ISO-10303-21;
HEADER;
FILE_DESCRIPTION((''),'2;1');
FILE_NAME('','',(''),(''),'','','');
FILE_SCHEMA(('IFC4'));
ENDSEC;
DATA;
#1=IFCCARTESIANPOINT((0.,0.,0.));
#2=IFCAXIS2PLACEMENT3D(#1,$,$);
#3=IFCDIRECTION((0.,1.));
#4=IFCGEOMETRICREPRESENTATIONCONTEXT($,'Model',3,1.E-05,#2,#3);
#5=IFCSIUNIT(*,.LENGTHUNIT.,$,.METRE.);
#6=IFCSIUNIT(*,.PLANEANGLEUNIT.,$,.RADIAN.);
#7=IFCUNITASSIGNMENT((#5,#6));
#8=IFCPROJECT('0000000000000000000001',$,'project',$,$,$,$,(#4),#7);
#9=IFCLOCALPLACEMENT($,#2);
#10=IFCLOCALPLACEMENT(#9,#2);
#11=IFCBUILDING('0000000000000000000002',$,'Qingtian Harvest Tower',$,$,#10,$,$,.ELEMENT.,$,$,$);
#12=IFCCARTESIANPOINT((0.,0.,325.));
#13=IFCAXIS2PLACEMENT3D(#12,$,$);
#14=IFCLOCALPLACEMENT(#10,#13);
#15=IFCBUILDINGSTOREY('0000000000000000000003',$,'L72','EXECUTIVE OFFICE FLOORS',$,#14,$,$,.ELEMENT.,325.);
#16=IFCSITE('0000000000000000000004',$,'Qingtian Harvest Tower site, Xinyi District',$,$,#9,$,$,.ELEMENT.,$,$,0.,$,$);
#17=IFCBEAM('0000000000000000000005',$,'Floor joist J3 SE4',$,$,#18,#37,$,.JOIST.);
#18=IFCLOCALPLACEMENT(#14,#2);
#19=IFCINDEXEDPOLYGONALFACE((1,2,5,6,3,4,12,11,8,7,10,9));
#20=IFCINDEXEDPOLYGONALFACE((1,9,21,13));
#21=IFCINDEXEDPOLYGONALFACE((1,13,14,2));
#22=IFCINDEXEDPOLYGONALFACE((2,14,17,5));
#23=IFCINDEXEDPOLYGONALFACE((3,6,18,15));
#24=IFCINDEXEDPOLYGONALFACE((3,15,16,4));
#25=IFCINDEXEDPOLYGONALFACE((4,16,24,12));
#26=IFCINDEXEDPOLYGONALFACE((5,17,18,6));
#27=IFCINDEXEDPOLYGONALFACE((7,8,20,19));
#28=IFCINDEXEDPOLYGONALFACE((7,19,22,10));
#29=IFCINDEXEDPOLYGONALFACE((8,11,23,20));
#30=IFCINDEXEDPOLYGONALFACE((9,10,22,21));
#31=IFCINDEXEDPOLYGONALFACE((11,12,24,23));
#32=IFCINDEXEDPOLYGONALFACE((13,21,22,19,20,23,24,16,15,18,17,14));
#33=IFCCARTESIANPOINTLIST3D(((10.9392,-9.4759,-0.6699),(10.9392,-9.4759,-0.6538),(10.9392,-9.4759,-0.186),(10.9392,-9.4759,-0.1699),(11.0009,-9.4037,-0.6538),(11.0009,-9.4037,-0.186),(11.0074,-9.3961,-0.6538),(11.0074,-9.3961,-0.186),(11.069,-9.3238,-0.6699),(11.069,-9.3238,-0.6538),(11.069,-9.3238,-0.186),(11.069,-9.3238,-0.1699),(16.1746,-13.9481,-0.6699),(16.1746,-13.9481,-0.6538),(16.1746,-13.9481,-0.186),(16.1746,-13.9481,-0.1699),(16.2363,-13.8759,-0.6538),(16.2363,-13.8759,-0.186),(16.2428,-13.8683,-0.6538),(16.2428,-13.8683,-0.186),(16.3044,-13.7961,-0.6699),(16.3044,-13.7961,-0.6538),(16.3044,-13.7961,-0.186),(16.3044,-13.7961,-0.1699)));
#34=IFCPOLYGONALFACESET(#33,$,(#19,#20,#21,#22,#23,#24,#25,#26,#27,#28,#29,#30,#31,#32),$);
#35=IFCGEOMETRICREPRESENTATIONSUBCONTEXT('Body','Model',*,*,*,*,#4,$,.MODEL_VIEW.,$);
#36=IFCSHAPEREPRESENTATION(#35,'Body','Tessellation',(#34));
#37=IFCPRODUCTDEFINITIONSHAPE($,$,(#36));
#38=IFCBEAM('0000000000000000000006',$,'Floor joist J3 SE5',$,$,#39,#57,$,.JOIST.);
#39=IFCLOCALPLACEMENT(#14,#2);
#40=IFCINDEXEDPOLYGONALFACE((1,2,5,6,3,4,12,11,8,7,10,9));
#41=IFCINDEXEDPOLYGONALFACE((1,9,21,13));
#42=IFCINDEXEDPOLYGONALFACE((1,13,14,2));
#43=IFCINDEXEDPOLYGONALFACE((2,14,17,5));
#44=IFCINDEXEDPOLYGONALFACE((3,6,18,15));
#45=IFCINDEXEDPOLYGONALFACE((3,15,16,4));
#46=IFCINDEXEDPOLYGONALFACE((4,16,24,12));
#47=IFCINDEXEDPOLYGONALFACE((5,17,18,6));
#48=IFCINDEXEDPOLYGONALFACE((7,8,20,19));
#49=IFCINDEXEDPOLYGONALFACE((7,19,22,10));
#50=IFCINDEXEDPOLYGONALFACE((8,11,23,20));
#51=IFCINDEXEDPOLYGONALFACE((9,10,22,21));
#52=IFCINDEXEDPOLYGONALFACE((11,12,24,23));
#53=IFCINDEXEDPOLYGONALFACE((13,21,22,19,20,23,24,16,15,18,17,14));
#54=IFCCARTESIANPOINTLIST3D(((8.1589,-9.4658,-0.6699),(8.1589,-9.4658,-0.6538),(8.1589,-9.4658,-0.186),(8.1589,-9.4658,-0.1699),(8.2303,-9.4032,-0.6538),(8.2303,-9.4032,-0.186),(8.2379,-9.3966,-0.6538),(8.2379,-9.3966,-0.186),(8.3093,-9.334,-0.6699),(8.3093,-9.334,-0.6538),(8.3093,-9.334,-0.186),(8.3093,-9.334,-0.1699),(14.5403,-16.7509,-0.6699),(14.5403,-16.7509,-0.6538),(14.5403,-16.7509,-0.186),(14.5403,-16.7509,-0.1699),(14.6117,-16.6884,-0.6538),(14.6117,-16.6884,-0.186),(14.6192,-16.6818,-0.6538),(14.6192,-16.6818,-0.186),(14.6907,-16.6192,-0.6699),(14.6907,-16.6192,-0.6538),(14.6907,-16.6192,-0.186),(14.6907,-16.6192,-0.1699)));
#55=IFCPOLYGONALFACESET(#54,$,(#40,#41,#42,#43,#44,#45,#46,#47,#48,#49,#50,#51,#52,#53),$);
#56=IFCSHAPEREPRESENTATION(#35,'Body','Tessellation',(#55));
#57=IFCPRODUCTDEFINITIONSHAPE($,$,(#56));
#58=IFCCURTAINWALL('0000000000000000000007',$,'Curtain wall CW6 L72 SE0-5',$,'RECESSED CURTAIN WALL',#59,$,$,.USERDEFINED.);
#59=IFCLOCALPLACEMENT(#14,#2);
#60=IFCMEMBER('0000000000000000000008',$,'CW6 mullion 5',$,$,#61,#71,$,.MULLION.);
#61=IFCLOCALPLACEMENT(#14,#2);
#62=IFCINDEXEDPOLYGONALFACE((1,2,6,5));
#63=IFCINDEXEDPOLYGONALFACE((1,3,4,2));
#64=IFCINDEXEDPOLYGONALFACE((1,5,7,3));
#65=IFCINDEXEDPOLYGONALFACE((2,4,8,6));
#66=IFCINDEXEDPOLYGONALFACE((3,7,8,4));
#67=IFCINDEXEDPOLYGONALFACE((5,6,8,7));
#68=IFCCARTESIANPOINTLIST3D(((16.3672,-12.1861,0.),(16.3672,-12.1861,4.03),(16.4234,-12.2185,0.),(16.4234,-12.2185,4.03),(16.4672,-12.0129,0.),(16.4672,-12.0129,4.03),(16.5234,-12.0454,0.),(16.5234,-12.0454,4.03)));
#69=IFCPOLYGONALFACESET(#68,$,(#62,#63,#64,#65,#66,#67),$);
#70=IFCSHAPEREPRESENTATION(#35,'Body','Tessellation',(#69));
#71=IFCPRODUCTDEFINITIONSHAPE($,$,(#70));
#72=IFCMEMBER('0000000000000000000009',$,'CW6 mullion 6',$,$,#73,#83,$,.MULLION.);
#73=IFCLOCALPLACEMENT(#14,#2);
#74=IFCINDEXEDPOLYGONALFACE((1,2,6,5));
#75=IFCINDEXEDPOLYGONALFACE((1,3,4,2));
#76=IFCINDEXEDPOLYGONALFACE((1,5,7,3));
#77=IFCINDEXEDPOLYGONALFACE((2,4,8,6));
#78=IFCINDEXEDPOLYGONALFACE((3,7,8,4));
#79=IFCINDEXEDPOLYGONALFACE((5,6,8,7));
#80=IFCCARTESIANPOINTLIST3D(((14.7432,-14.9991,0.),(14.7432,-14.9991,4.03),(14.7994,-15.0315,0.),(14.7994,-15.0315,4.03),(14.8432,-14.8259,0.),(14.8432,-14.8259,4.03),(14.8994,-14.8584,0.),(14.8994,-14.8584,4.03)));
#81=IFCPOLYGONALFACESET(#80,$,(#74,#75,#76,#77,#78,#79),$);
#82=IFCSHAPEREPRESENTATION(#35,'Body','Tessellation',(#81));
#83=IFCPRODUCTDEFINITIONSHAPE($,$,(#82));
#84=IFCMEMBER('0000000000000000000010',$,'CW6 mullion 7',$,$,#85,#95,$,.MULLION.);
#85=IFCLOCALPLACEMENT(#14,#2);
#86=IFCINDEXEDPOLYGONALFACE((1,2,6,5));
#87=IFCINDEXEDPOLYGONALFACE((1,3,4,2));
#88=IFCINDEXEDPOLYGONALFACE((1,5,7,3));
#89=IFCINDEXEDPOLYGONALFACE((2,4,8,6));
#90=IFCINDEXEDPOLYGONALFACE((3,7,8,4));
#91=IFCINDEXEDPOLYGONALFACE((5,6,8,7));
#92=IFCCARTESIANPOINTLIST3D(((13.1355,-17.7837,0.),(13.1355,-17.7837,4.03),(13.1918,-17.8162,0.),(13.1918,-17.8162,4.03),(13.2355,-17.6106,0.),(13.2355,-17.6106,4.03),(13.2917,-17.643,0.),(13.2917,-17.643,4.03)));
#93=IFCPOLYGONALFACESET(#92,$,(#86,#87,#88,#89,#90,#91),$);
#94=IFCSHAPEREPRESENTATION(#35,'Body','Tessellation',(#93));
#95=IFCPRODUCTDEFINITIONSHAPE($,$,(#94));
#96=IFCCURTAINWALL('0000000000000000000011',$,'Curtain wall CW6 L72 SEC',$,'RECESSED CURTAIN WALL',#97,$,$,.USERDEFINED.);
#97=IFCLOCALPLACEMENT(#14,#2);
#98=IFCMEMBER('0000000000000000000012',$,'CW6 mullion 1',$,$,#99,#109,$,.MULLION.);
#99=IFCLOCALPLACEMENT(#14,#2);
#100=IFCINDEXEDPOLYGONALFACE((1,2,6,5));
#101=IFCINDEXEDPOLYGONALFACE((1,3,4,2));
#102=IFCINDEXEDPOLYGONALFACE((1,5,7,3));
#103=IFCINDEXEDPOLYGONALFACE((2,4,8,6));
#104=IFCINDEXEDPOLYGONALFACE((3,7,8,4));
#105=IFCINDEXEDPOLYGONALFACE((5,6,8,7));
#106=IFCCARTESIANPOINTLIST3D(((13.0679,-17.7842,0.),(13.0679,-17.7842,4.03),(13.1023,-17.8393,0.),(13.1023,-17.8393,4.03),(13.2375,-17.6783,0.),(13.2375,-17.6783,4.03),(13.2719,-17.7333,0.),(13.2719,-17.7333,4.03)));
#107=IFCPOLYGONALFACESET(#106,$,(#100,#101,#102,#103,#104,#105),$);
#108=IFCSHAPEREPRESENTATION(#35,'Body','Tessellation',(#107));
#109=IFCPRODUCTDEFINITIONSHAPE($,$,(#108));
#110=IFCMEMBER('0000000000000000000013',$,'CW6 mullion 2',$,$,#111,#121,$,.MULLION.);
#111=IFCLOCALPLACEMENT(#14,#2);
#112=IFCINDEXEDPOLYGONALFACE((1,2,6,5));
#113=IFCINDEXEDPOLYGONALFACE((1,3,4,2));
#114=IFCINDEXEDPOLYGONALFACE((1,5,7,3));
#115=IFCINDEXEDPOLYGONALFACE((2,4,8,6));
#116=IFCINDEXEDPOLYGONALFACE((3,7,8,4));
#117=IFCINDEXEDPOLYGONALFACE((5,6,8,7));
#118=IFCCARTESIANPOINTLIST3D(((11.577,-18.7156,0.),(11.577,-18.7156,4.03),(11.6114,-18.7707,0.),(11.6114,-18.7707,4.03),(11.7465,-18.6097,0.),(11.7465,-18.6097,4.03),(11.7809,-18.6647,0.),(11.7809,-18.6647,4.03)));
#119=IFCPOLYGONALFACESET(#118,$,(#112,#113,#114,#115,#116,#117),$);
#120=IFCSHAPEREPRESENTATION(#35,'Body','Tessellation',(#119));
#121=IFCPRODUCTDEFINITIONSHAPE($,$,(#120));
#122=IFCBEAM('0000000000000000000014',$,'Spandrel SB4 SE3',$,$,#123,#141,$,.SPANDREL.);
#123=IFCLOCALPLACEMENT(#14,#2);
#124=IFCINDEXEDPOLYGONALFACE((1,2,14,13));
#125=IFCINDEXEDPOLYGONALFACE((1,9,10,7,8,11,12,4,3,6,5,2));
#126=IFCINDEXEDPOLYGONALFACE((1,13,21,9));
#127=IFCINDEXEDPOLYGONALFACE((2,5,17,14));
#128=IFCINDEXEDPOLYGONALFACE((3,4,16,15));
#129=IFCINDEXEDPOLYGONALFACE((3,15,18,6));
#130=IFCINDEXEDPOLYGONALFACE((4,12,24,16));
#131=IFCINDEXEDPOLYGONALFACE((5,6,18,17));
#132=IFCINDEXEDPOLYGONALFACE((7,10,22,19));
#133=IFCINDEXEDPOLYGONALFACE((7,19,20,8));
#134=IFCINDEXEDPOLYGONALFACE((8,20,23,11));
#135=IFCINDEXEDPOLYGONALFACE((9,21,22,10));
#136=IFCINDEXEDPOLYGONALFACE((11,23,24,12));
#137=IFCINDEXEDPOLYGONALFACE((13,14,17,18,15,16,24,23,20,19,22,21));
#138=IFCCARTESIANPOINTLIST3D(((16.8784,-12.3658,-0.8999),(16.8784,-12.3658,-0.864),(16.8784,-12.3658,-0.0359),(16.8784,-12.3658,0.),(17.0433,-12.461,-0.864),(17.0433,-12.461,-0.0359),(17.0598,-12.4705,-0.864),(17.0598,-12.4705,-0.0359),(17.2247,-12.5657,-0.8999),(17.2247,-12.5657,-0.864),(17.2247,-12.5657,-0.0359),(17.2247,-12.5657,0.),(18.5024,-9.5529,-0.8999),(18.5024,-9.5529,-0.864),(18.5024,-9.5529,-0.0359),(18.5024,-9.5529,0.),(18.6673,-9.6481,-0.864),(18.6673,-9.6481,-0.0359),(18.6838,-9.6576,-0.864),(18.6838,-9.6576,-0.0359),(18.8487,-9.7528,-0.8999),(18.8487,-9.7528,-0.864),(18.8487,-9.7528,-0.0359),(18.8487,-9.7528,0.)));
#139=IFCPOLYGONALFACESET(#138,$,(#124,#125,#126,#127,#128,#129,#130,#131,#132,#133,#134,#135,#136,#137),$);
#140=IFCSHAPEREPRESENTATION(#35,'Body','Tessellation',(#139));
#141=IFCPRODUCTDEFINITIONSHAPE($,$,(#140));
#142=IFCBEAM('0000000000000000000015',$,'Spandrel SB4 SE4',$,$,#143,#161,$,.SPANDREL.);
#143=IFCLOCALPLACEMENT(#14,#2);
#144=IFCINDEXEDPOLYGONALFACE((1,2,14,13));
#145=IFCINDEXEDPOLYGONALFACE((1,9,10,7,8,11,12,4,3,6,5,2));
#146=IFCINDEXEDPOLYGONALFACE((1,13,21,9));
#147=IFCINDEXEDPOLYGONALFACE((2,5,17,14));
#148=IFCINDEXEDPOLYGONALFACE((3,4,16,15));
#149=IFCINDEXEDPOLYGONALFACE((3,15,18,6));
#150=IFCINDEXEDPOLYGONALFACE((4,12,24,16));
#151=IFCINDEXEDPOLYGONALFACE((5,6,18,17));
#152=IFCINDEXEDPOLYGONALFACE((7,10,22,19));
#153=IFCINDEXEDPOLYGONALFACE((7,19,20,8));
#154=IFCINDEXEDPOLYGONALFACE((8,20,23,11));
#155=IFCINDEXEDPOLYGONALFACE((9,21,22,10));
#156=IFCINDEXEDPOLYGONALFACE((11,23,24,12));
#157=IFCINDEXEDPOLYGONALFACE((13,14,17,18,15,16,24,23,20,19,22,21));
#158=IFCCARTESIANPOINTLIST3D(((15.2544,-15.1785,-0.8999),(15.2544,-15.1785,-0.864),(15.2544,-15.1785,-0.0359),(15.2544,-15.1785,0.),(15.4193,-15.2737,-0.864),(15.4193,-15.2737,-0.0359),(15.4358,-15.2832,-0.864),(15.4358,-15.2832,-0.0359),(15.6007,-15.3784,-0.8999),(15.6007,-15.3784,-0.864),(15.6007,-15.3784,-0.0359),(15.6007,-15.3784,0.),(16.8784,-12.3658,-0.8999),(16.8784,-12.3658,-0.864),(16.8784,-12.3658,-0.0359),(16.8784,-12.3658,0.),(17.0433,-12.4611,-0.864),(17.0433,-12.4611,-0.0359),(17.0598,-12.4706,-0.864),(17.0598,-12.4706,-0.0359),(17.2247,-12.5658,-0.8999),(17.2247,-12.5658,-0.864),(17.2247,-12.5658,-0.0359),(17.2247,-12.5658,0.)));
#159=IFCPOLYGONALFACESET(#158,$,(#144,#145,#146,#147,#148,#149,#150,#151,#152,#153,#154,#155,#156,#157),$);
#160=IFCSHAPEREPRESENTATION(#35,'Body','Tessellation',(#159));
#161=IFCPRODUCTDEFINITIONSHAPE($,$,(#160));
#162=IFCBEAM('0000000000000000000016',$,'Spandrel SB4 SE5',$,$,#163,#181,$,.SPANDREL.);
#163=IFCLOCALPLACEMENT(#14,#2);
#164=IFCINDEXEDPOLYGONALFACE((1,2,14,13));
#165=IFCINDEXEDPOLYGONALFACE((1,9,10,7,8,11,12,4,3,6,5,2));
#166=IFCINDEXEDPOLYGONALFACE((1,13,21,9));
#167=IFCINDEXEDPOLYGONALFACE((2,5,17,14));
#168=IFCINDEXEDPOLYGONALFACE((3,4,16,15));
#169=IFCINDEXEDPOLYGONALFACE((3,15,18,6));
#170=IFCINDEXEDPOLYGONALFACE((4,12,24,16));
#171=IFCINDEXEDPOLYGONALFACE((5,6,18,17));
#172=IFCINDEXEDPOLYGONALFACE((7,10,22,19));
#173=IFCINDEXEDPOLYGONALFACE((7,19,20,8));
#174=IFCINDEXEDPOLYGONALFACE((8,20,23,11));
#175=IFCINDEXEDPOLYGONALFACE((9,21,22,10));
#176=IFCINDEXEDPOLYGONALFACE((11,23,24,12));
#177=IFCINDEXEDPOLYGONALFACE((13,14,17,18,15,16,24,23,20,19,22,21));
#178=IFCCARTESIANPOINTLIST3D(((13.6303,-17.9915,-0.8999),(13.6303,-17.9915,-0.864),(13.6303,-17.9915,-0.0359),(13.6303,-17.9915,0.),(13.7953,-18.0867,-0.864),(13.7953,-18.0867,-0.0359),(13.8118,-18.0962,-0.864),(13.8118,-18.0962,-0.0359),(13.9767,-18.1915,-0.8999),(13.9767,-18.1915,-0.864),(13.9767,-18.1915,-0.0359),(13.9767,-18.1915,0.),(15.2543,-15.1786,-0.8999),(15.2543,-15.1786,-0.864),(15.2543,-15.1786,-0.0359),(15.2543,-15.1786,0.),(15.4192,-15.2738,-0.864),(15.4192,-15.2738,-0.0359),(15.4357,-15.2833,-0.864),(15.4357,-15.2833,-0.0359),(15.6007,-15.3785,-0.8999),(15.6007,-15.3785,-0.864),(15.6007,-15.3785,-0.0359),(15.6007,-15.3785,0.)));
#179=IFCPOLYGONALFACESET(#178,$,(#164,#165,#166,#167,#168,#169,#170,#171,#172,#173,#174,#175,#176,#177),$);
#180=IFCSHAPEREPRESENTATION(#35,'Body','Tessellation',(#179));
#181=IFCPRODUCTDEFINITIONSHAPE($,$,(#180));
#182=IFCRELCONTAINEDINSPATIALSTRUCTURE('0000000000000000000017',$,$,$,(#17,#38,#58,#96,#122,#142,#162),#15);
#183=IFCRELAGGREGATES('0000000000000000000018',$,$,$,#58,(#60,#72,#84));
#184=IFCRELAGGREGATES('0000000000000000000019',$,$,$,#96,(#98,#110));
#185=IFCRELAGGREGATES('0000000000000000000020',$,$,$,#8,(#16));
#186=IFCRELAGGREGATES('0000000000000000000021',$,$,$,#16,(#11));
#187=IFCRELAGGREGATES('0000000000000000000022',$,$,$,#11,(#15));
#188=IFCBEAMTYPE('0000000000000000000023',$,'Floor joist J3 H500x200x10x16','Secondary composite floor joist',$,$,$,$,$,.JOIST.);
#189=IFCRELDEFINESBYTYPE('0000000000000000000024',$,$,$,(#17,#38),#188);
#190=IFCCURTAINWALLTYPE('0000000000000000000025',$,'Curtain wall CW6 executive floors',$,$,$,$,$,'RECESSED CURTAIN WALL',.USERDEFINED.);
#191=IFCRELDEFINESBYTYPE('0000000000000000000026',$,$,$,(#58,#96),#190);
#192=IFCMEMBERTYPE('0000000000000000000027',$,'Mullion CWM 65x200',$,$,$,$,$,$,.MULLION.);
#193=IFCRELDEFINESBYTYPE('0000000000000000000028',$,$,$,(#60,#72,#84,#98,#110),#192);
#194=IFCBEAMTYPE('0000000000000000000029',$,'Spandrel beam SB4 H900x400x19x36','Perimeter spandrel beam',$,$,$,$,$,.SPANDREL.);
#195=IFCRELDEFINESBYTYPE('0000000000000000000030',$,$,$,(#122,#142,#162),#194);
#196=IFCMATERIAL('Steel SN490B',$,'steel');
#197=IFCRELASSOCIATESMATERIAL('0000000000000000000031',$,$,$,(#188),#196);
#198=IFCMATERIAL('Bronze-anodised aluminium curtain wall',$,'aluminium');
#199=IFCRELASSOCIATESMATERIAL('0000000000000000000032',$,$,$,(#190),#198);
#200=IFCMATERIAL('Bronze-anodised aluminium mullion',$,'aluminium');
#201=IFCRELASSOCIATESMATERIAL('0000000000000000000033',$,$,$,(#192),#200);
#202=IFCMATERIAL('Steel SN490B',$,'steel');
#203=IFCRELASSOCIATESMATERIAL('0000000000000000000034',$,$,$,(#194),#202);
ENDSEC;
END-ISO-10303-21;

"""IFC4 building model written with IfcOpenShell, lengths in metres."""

from ifc_helpers import new_model, si_unit, direction, frame, origin, origin_2d, place, context, subcontext, project, spatial, rectangle, i_section, extrude, material, material_profile, profile_set, type_object, element, aggregate, save


model = new_model("IFC4")

# Units and contexts
model_context = context("Model", 3, precision=1e-05, world=origin(), true_north=direction((0.0, 1.0)))
body_context = subcontext(model_context, "Body", "Model", "MODEL_VIEW")
ifc_project = project(units=[si_unit("LENGTHUNIT", "METRE"), si_unit("PLANEANGLEUNIT", "RADIAN")], contexts=[model_context])

# Site, building, storey
site_placement = place(None, origin())
site = spatial("IfcSite", under=ifc_project, at=site_placement, Name="Qingtian Harvest Tower site, Xinyi District", CompositionType="ELEMENT", RefElevation=0.0)
building_placement = place(site_placement, origin())
building = spatial("IfcBuilding", under=site, at=building_placement, Name="Qingtian Harvest Tower", CompositionType="ELEMENT")
storey_placement = place(building_placement, frame((0.0, 0.0, 325.0)))
storey = spatial("IfcBuildingStorey", under=building, at=storey_placement, Name="L72", Description="EXECUTIVE OFFICE FLOORS", CompositionType="ELEMENT", Elevation=325.0)

# Beams
ifc_material_1 = material(Name="Steel SN490B", Category="steel")
ifc_material_profile_1 = material_profile(ifc_material_1, i_section(OverallWidth=0.2, OverallDepth=0.5, WebThickness=0.01, FlangeThickness=0.0161, at=origin_2d()), Name="H500x200x10x16")
ifc_profile_set_1 = profile_set([ifc_material_profile_1], Name="Steel SN490B")
beam_type_1 = type_object("IfcBeamType", Name="Floor joist J3 H500x200x10x16", Description="Secondary composite floor joist", PredefinedType="JOIST", material=ifc_profile_set_1)
beam_1_placement = place(storey_placement, frame((16.2395, -13.8721, -0.4199), z_axis=(-0.760352, 0.649511, 0.0), x_axis=(-0.649511, -0.760352, 0.0)))
element("IfcBeam", 1, at=beam_1_placement, inside=storey, type_object=beam_type_1, Name="Floor joist J3 SE4", PredefinedType="JOIST", context=body_context, shape_type="SweptSolid", body=[
    extrude(i_section(OverallWidth=0.2, OverallDepth=0.5, WebThickness=0.01, FlangeThickness=0.0161, at=origin_2d()), origin(), (0.0, 0.0, 1.0), 6.8855),
])
beam_2_placement = place(storey_placement, frame((14.6155, -16.6851, -0.4199), z_axis=(-0.658904, 0.752227, 0.0), x_axis=(-0.752227, -0.658904, 0.0)))
element("IfcBeam", 2, at=beam_2_placement, inside=storey, type_object=beam_type_1, Name="Floor joist J3 SE5", PredefinedType="JOIST", context=body_context, shape_type="SweptSolid", body=[
    extrude(i_section(OverallWidth=0.2, OverallDepth=0.5, WebThickness=0.01, FlangeThickness=0.0161, at=origin_2d()), origin(), (0.0, 0.0, 1.0), 9.6848),
])

# Curtain walls, members
ifc_material_2 = material(Name="Bronze-anodised aluminium curtain wall", Category="aluminium")
curtain_wall_type = type_object("IfcCurtainWallType", Name="Curtain wall CW6 executive floors", ElementType="RECESSED CURTAIN WALL", PredefinedType="USERDEFINED", material=ifc_material_2)
curtain_wall_1_placement = place(storey_placement, origin())
curtain_wall_1 = element("IfcCurtainWall", 3, at=curtain_wall_1_placement, inside=storey, type_object=curtain_wall_type, Name="Curtain wall CW6 L72 SE0-5", ObjectType="RECESSED CURTAIN WALL", PredefinedType="USERDEFINED")
ifc_material_3 = material(Name="Bronze-anodised aluminium mullion", Category="aluminium")
ifc_material_profile_2 = material_profile(ifc_material_3, rectangle(XDim=0.0649, YDim=0.2, at=origin_2d()), Name="AL 65x200")
ifc_profile_set_2 = profile_set([ifc_material_profile_2], Name="Bronze-anodised aluminium mullion")
member_type_1 = type_object("IfcMemberType", Name="Mullion CWM 65x200", PredefinedType="MULLION", material=ifc_profile_set_2)
member_1_placement = place(storey_placement, frame((16.4453, -12.1157, 0.0), z_axis=(0.0, 0.0, 1.0), x_axis=(0.866025, -0.5, 0.0)))
member_1 = element("IfcMember", 4, at=member_1_placement, type_object=member_type_1, Name="CW6 mullion 5", PredefinedType="MULLION", context=body_context, shape_type="SweptSolid", body=[
    extrude(rectangle(XDim=0.0649, YDim=0.2, at=origin_2d()), origin(), (0.0, 0.0, 1.0), 4.03),
])
member_2_placement = place(storey_placement, frame((14.8213, -14.9287, 0.0), z_axis=(0.0, 0.0, 1.0), x_axis=(0.866025, -0.5, 0.0)))
member_2 = element("IfcMember", 5, at=member_2_placement, type_object=member_type_1, Name="CW6 mullion 6", PredefinedType="MULLION", context=body_context, shape_type="SweptSolid", body=[
    extrude(rectangle(XDim=0.0649, YDim=0.2, at=origin_2d()), origin(), (0.0, 0.0, 1.0), 4.03),
])
member_3_placement = place(storey_placement, frame((13.2136, -17.7134, 0.0), z_axis=(0.0, 0.0, 1.0), x_axis=(0.866025, -0.5, 0.0)))
member_3 = element("IfcMember", 6, at=member_3_placement, type_object=member_type_1, Name="CW6 mullion 7", PredefinedType="MULLION", context=body_context, shape_type="SweptSolid", body=[
    extrude(rectangle(XDim=0.0649, YDim=0.2, at=origin_2d()), origin(), (0.0, 0.0, 1.0), 4.03),
])
curtain_wall_2_placement = place(storey_placement, origin())
curtain_wall_2 = element("IfcCurtainWall", 7, at=curtain_wall_2_placement, inside=storey, type_object=curtain_wall_type, Name="Curtain wall CW6 L72 SEC", ObjectType="RECESSED CURTAIN WALL", PredefinedType="USERDEFINED")
member_4_placement = place(storey_placement, frame((13.1699, -17.7588, 0.0), z_axis=(0.0, 0.0, 1.0), x_axis=(0.529919, -0.848048, 0.0)))
member_4 = element("IfcMember", 8, at=member_4_placement, type_object=member_type_1, Name="CW6 mullion 1", PredefinedType="MULLION", context=body_context, shape_type="SweptSolid", body=[
    extrude(rectangle(XDim=0.0649, YDim=0.2, at=origin_2d()), origin(), (0.0, 0.0, 1.0), 4.03),
])
member_5_placement = place(storey_placement, frame((11.679, -18.6902, 0.0), z_axis=(0.0, 0.0, 1.0), x_axis=(0.529919, -0.848048, 0.0)))
member_5 = element("IfcMember", 9, at=member_5_placement, type_object=member_type_1, Name="CW6 mullion 2", PredefinedType="MULLION", context=body_context, shape_type="SweptSolid", body=[
    extrude(rectangle(XDim=0.0649, YDim=0.2, at=origin_2d()), origin(), (0.0, 0.0, 1.0), 4.03),
])

# Beams
ifc_material_4 = material(Name="Steel SN490B", Category="steel")
ifc_material_profile_3 = material_profile(ifc_material_4, i_section(OverallWidth=0.3999, OverallDepth=0.8999, WebThickness=0.019, FlangeThickness=0.0359, at=origin_2d()), Name="H900x400x19x36")
ifc_profile_set_3 = profile_set([ifc_material_profile_3], Name="Steel SN490B")
beam_type_2 = type_object("IfcBeamType", Name="Spandrel beam SB4 H900x400x19x36", Description="Perimeter spandrel beam", PredefinedType="SPANDREL", material=ifc_profile_set_3)
beam_3_placement = place(storey_placement, frame((18.6755, -9.6528, -0.45), z_axis=(-0.499987, -0.866033, 0.0), x_axis=(0.866033, -0.499987, 0.0)))
element("IfcBeam", 10, at=beam_3_placement, inside=storey, type_object=beam_type_2, Name="Spandrel SB4 SE3", PredefinedType="SPANDREL", context=body_context, shape_type="SweptSolid", body=[
    extrude(i_section(OverallWidth=0.3999, OverallDepth=0.8999, WebThickness=0.019, FlangeThickness=0.0359, at=origin_2d()), origin(), (0.0, 0.0, 1.0), 3.248),
])
beam_4_placement = place(storey_placement, frame((17.0515, -12.4658, -0.45), z_axis=(-0.50002, -0.866014, 0.0), x_axis=(0.866014, -0.50002, 0.0)))
element("IfcBeam", 11, at=beam_4_placement, inside=storey, type_object=beam_type_2, Name="Spandrel SB4 SE4", PredefinedType="SPANDREL", context=body_context, shape_type="SweptSolid", body=[
    extrude(i_section(OverallWidth=0.3999, OverallDepth=0.8999, WebThickness=0.019, FlangeThickness=0.0359, at=origin_2d()), origin(), (0.0, 0.0, 1.0), 3.2478),
])
beam_5_placement = place(storey_placement, frame((15.4275, -15.2786, -0.45), z_axis=(-0.499987, -0.866033, 0.0), x_axis=(0.866033, -0.499987, 0.0)))
element("IfcBeam", 12, at=beam_5_placement, inside=storey, type_object=beam_type_2, Name="Spandrel SB4 SE5", PredefinedType="SPANDREL", context=body_context, shape_type="SweptSolid", body=[
    extrude(i_section(OverallWidth=0.3999, OverallDepth=0.8999, WebThickness=0.019, FlangeThickness=0.0359, at=origin_2d()), origin(), (0.0, 0.0, 1.0), 3.248),
])

aggregate(curtain_wall_1, [member_1, member_2, member_3])
aggregate(curtain_wall_2, [member_4, member_5])

save(model, "model.ifc")
